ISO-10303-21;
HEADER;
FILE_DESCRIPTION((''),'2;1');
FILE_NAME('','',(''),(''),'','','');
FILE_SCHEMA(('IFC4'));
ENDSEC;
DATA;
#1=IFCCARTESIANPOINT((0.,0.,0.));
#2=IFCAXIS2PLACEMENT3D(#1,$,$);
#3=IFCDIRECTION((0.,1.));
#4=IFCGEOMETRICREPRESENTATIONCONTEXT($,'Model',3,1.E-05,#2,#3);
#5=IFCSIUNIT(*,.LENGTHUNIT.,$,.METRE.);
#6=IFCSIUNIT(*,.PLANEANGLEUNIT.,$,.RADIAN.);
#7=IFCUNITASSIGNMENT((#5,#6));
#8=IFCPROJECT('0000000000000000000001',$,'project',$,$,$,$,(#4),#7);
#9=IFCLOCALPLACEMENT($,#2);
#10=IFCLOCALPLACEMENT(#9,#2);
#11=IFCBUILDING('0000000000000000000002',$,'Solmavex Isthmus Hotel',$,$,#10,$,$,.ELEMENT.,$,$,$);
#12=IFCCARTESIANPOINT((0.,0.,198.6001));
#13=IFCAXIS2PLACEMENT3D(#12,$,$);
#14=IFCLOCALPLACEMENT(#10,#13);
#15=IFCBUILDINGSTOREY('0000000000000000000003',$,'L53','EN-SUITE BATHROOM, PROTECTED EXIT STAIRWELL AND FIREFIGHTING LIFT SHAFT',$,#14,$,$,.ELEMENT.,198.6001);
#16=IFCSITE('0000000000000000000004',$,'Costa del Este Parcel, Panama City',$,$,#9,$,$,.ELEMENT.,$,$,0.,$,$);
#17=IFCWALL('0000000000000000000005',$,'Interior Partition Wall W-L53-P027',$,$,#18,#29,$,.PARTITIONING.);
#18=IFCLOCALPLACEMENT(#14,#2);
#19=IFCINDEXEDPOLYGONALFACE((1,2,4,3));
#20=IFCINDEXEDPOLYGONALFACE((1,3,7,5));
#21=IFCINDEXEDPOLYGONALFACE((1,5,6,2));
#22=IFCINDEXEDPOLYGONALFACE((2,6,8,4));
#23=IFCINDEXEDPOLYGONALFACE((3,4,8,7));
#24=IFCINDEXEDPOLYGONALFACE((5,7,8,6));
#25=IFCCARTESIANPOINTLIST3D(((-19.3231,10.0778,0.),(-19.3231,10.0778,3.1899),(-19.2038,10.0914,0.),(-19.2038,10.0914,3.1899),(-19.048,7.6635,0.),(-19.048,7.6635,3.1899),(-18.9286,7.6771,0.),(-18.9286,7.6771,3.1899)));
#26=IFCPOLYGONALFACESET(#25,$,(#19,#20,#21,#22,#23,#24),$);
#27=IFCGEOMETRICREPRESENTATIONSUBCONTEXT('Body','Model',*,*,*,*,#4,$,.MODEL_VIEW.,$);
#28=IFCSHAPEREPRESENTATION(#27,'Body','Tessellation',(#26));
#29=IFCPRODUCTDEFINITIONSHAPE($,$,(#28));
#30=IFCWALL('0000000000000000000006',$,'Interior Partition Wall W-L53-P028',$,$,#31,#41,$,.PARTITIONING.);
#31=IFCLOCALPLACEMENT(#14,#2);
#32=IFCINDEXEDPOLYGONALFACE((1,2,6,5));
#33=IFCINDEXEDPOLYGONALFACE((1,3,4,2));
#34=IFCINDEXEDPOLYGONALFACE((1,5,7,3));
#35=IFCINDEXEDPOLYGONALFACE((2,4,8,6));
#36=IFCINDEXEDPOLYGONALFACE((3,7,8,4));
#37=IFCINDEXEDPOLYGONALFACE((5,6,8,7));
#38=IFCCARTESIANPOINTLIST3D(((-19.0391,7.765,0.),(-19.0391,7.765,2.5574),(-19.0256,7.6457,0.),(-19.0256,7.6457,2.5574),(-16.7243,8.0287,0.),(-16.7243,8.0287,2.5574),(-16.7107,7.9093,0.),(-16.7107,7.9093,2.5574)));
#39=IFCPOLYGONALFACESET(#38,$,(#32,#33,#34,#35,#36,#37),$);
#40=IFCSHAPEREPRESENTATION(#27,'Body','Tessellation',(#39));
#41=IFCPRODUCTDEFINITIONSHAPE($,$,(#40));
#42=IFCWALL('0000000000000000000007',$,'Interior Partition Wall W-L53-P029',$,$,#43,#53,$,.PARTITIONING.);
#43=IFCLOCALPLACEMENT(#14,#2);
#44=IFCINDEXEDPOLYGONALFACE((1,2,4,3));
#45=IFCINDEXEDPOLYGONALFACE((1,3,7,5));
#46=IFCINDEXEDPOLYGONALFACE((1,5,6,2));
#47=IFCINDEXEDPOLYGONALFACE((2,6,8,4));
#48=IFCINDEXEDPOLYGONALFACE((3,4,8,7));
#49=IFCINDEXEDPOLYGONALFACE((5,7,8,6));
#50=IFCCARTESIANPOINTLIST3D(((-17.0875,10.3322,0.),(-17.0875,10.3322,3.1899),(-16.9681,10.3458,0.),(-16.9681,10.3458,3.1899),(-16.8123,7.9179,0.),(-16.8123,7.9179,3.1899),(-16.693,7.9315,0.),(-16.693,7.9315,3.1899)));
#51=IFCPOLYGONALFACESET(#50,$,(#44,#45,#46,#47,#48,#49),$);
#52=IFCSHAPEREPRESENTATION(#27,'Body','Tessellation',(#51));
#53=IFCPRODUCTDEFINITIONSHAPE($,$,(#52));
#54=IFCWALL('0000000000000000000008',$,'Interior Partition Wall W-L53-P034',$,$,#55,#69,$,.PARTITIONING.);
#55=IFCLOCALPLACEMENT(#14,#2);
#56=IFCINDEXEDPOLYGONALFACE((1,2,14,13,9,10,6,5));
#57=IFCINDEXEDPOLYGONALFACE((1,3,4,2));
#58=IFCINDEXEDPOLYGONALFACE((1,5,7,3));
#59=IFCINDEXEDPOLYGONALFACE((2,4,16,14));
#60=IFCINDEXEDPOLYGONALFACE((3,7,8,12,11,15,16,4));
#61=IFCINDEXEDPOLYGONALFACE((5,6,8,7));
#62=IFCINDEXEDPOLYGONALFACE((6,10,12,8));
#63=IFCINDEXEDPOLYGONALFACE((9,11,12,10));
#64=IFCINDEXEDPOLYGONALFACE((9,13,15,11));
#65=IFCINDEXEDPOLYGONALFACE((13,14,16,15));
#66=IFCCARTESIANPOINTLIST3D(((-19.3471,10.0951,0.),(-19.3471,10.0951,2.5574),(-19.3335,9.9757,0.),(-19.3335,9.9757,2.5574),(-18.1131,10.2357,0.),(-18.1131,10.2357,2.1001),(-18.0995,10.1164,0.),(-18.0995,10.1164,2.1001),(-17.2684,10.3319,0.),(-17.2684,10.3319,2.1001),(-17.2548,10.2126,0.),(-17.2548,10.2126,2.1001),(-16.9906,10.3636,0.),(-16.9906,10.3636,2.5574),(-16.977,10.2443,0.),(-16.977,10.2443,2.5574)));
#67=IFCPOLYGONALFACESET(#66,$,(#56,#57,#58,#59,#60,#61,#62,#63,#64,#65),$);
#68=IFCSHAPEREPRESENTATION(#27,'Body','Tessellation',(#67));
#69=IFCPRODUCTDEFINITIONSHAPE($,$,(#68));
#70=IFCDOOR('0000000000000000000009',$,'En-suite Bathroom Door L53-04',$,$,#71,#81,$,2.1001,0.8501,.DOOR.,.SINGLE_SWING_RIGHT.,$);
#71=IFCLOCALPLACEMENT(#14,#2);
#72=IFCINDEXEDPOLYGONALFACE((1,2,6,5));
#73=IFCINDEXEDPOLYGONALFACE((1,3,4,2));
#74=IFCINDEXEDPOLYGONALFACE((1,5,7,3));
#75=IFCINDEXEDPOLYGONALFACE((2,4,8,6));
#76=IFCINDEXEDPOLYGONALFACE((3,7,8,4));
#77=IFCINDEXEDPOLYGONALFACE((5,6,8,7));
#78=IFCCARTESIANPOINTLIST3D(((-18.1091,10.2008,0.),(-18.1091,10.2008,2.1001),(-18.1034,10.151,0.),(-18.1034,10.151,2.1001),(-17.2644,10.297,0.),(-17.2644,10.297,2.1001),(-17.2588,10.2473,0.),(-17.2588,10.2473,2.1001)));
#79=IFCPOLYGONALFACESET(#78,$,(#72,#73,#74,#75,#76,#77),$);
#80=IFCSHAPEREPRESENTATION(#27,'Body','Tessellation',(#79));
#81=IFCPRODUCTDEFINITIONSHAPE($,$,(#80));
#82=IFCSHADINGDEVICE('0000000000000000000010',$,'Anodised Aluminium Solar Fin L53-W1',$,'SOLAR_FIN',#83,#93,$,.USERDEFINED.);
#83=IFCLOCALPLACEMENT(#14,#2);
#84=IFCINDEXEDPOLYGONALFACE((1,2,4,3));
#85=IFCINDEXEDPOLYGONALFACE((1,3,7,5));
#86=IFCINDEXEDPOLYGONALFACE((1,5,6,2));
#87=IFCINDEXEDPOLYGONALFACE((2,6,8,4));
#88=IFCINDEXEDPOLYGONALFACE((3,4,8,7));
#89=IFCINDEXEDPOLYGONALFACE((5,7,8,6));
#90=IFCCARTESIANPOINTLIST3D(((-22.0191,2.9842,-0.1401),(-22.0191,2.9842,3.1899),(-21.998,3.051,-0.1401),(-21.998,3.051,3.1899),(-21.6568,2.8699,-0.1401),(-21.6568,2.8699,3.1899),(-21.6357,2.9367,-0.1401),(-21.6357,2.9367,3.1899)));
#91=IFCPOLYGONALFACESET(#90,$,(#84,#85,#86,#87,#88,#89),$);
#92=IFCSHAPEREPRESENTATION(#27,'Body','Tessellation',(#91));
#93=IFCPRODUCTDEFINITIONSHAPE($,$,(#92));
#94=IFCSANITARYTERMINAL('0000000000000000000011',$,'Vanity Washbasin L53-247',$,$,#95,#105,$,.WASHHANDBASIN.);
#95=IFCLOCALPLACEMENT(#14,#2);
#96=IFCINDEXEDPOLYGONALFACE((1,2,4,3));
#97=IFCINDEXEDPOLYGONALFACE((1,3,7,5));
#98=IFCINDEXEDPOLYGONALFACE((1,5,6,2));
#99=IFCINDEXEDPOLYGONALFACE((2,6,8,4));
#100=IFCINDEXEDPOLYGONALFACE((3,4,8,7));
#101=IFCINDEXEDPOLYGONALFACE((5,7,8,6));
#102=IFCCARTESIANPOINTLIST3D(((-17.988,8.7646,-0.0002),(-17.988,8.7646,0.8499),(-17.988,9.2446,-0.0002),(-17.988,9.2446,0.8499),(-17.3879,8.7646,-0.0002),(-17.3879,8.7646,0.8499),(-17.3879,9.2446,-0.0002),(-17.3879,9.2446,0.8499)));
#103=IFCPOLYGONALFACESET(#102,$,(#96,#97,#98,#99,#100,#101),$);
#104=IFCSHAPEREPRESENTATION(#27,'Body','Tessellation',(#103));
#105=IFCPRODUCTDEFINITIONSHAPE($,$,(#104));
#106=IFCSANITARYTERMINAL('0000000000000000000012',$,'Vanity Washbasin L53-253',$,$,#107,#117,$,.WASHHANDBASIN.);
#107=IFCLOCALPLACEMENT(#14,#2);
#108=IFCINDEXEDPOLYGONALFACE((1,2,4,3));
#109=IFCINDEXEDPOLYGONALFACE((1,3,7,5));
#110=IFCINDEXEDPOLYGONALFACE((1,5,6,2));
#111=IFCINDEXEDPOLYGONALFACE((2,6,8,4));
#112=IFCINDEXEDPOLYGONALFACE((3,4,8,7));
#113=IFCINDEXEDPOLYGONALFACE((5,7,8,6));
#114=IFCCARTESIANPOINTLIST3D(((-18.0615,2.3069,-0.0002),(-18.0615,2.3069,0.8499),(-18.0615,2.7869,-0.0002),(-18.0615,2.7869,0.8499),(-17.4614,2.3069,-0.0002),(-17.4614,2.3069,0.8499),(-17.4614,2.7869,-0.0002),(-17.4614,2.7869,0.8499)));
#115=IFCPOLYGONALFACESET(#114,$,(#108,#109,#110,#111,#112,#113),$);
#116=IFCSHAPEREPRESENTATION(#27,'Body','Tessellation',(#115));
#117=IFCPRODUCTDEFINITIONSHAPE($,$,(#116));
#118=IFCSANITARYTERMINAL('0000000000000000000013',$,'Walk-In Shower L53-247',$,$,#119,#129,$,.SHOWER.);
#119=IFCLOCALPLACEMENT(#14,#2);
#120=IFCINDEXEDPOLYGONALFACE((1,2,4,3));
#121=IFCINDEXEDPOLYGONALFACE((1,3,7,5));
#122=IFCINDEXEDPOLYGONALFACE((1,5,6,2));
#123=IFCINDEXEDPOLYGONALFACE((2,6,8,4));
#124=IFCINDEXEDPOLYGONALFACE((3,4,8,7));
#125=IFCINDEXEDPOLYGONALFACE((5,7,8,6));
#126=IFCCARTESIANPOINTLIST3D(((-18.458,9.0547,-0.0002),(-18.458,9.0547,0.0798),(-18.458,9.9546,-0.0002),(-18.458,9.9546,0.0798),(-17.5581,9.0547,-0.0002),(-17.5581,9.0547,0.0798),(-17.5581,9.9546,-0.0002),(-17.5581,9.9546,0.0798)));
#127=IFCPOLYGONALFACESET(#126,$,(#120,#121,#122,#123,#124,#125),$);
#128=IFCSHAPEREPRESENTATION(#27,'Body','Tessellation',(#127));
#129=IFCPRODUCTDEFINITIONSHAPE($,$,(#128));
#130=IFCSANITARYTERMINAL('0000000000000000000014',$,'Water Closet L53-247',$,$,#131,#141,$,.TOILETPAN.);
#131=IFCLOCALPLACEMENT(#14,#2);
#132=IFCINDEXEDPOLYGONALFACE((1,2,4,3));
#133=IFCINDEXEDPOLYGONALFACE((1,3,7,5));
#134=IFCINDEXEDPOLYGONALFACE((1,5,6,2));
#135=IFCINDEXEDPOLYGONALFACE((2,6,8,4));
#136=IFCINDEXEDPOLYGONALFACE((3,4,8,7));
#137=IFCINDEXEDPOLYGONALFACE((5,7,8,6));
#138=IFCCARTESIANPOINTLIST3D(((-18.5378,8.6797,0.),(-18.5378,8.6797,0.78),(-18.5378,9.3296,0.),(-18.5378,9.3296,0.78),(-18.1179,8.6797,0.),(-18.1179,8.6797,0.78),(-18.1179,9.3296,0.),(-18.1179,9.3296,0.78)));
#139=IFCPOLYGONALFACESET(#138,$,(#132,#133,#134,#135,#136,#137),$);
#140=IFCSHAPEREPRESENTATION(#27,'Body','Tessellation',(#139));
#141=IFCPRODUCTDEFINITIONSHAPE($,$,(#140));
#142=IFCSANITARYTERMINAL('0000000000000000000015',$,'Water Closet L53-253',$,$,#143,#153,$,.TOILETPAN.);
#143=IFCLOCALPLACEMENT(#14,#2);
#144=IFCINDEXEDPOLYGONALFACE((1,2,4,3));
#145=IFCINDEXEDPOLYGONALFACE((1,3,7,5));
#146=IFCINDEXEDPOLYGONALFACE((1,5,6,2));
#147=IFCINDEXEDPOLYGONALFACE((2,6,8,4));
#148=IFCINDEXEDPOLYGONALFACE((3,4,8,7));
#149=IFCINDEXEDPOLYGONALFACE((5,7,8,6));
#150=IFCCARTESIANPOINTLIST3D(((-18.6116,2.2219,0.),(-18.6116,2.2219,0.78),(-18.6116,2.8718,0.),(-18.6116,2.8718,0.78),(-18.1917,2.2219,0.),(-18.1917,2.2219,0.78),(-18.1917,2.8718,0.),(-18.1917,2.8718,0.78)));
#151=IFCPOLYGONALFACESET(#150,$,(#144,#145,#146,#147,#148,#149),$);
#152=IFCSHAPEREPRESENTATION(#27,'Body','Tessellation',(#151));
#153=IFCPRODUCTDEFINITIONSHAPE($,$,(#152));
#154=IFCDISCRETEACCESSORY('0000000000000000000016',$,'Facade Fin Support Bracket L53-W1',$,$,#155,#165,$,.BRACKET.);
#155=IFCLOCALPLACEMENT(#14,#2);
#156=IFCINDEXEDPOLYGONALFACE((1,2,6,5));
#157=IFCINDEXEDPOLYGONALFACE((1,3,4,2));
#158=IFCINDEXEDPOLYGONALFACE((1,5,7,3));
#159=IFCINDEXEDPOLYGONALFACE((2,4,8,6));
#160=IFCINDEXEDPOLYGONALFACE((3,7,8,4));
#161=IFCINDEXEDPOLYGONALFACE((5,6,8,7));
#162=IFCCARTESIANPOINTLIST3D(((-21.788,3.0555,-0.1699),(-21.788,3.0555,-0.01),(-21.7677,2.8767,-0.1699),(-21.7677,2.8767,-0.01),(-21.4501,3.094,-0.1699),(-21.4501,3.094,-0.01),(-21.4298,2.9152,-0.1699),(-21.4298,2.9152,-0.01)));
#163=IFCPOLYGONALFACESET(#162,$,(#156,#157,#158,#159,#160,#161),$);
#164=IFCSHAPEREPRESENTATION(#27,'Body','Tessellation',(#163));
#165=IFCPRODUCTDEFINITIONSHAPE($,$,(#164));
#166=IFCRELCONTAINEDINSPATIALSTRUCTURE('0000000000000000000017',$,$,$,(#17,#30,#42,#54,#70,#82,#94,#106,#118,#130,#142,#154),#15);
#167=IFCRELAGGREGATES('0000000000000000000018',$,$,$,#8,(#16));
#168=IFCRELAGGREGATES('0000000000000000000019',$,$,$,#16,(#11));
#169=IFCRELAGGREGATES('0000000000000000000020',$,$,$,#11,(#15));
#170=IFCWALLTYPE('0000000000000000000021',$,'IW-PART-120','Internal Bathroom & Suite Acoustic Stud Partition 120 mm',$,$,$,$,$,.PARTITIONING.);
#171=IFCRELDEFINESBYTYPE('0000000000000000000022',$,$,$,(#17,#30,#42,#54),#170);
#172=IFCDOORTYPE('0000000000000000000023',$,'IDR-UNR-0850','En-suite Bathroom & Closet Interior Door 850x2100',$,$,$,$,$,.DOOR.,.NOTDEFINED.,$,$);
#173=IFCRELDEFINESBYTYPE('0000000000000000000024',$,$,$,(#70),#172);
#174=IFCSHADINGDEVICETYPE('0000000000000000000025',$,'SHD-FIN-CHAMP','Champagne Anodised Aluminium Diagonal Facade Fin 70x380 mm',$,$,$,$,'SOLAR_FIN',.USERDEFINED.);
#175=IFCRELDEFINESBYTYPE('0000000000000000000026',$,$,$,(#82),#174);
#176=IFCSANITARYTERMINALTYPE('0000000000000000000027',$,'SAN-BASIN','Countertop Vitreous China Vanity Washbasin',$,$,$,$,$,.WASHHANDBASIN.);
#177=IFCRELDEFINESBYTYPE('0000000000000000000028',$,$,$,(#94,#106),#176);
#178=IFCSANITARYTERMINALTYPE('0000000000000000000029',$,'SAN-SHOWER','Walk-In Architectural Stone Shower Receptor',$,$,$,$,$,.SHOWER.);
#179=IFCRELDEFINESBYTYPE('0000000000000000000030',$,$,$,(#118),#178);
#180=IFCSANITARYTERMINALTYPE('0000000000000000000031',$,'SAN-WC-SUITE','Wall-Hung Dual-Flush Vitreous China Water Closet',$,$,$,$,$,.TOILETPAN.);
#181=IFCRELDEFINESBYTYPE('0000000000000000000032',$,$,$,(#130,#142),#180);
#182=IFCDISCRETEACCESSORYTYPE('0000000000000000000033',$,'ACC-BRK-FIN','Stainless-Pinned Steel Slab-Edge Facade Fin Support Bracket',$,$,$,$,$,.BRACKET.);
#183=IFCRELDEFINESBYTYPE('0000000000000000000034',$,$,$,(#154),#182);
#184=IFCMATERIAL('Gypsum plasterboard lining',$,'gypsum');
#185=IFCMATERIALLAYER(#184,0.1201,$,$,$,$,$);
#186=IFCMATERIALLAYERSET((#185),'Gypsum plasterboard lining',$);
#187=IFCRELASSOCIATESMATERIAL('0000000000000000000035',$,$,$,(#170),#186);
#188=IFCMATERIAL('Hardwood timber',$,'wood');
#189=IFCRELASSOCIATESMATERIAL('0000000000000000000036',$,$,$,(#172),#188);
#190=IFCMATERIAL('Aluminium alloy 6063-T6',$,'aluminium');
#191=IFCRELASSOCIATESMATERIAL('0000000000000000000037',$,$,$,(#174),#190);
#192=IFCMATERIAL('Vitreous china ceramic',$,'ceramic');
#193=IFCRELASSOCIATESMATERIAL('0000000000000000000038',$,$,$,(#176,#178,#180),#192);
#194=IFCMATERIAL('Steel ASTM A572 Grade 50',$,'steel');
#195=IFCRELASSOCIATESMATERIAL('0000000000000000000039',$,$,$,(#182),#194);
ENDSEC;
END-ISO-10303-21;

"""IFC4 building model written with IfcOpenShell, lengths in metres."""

from ifc_helpers import new_model, si_unit, direction, frame, frame_2d, origin, origin_2d, place, context, subcontext, project, spatial, rectangle, extrude, material, layer, layer_set, type_object, element, fill, save


model = new_model("IFC4")

# Units and contexts
model_context = context("Model", 3, precision=1e-05, world=origin(), true_north=direction((0.0, 1.0)))
body_context = subcontext(model_context, "Body", "Model", "MODEL_VIEW")
ifc_project = project(units=[si_unit("LENGTHUNIT", "METRE"), si_unit("PLANEANGLEUNIT", "RADIAN")], contexts=[model_context])

# Site, building, storey
site_placement = place(None, origin())
site = spatial("IfcSite", under=ifc_project, at=site_placement, Name="Costa del Este Parcel, Panama City", CompositionType="ELEMENT", RefElevation=0.0)
building_placement = place(site_placement, origin())
building = spatial("IfcBuilding", under=site, at=building_placement, Name="Solmavex Isthmus Hotel", CompositionType="ELEMENT")
storey_placement = place(building_placement, frame((0.0, 0.0, 198.6001)))
storey = spatial("IfcBuildingStorey", under=building, at=storey_placement, Name="L53", Description="EN-SUITE BATHROOM, PROTECTED EXIT STAIRWELL AND FIREFIGHTING LIFT SHAFT", CompositionType="ELEMENT", Elevation=198.6001)

# Shared definitions
ifc_material_1 = material(Name="Aluminium alloy 6063-T6", Category="aluminium")

# Shared definitions
ifc_material_2 = material(Name="Gypsum plasterboard lining", Category="gypsum")
ifc_material_3 = material(Name="Hardwood timber", Category="wood")

# Walls
ifc_layer_1 = layer(ifc_material_2, 0.1201)
ifc_layer_set_1 = layer_set([ifc_layer_1], Name="Gypsum plasterboard lining")
wall_type_1 = type_object("IfcWallType", Name="IW-PART-120", Description="Internal Bathroom & Suite Acoustic Stud Partition 120 mm", PredefinedType="PARTITIONING", material=ifc_layer_set_1)
wall_1_placement = place(storey_placement, frame((-19.2634, 10.0845, 0.0), z_axis=(0.0, 0.0, 1.0), x_axis=(0.113232, -0.993569, 0.0)))
element("IfcWall", 1, at=wall_1_placement, inside=storey, type_object=wall_type_1, Name="Interior Partition Wall W-L53-P027", PredefinedType="PARTITIONING", context=body_context, shape_type="SweptSolid", body=[
    extrude(rectangle(XDim=2.4299, YDim=0.1201, at=frame_2d((1.2148, 0.0))), origin(), (0.0, 0.0, 1.0), 3.1899),
])
wall_2_placement = place(storey_placement, frame((-19.0325, 7.7053, 0.0), z_axis=(0.0, 0.0, 1.0), x_axis=(0.993576, 0.113168, 0.0)))
element("IfcWall", 2, at=wall_2_placement, inside=storey, type_object=wall_type_1, Name="Interior Partition Wall W-L53-P028", PredefinedType="PARTITIONING", context=body_context, shape_type="SweptSolid", body=[
    extrude(rectangle(XDim=2.3298, YDim=0.1201, at=frame_2d((1.165, 0.0))), origin(), (0.0, 0.0, 1.0), 2.5574),
])
wall_3_placement = place(storey_placement, frame((-16.7527, 7.9248, 0.0), z_axis=(0.0, 0.0, 1.0), x_axis=(-0.113232, 0.993569, 0.0)))
element("IfcWall", 3, at=wall_3_placement, inside=storey, type_object=wall_type_1, Name="Interior Partition Wall W-L53-P029", PredefinedType="PARTITIONING", context=body_context, shape_type="SweptSolid", body=[
    extrude(rectangle(XDim=2.4299, YDim=0.1201, at=frame_2d((1.2148, 0.0))), origin(), (0.0, 0.0, 1.0), 3.1899),
])

# Wall, opening, door
wall_4_placement = place(storey_placement, frame((-16.9836, 10.304, 0.0), z_axis=(0.0, 0.0, 1.0), x_axis=(-0.99357, -0.113221, 0.0)))
wall_4 = element("IfcWall", 4, at=wall_4_placement, inside=storey, type_object=wall_type_1, Name="Interior Partition Wall W-L53-P034", PredefinedType="PARTITIONING", context=body_context, shape_type="SweptSolid", body=[
    extrude(rectangle(XDim=2.3718, YDim=0.1201, at=frame_2d((1.186, 0.0))), origin(), (0.0, 0.0, 1.0), 2.5574),
])
opening_1_placement = place(wall_4_placement, frame((0.2798, 0.0, 0.0)))
opening_1 = element("IfcOpeningElement", 5, at=opening_1_placement, cuts=wall_4, PredefinedType="OPENING", context=body_context, shape_type="SweptSolid", body=[
    extrude(rectangle(XDim=0.8501, YDim=2.1001, at=frame_2d((0.425, 1.05))), frame((0.0, 0.0701, 0.0), z_axis=(0.0, -1.0, 0.0), x_axis=(1.0, 0.0, 0.0)), (0.0, 0.0, 1.0), 0.1401),
])
door_type_1 = type_object("IfcDoorType", Name="IDR-UNR-0850", Description="En-suite Bathroom & Closet Interior Door 850x2100", OperationType="NOTDEFINED", PredefinedType="DOOR", material=ifc_material_3)
door_1_placement = place(opening_1_placement, frame((0.8501, 0.0, 0.0), z_axis=(0.0, 0.0, 1.0), x_axis=(-1.0, 0.0, 0.0)))
door_1 = element("IfcDoor", 6, at=door_1_placement, inside=storey, type_object=door_type_1, Name="En-suite Bathroom Door L53-04", OperationType="SINGLE_SWING_RIGHT", OverallHeight=2.1001, OverallWidth=0.8501, PredefinedType="DOOR", context=body_context, shape_type="SweptSolid", body=[
    extrude(rectangle(XDim=0.8501, YDim=2.1001, at=frame_2d((0.425, 1.05))), frame((0.0, 0.0249, 0.0), z_axis=(0.0, -1.0, 0.0), x_axis=(1.0, 0.0, 0.0)), (0.0, 0.0, 1.0), 0.05),
])
fill(opening_1, door_1)

# Shading device
shading_device_type = type_object("IfcShadingDeviceType", Name="SHD-FIN-CHAMP", Description="Champagne Anodised Aluminium Diagonal Facade Fin 70x380 mm", ElementType="SOLAR_FIN", PredefinedType="USERDEFINED", material=ifc_material_1)
shading_device_placement = place(storey_placement, frame((-21.8274, 2.9604, -0.1401), z_axis=(0.0, 0.0, 1.0), x_axis=(-0.953717, 0.300706, 0.0)))
element("IfcShadingDevice", 7, at=shading_device_placement, inside=storey, type_object=shading_device_type, Name="Anodised Aluminium Solar Fin L53-W1", ObjectType="SOLAR_FIN", PredefinedType="USERDEFINED", context=body_context, shape_type="SweptSolid", body=[
    extrude(rectangle(XDim=0.3799, YDim=0.0701, at=origin_2d()), origin(), (0.0, 0.0, 1.0), 3.3301),
])

# Sanitary terminals
ifc_material_4 = material(Name="Vitreous china ceramic", Category="ceramic")
sanitary_terminal_type_1 = type_object("IfcSanitaryTerminalType", Name="SAN-BASIN", Description="Countertop Vitreous China Vanity Washbasin", PredefinedType="WASHHANDBASIN", material=ifc_material_4)
for number, where, z_axis, x_axis, name in (
    (8, (-17.688, 9.0046, -0.0002), (0.0, 0.0, 1.0), (1.0, 0.0, 0.0), "Vanity Washbasin L53-247"),
    (9, (-17.7615, 2.5469, -0.0002), (0.0, 0.0, 1.0), (1.0, 0.0, 0.0), "Vanity Washbasin L53-253"),
):
    element("IfcSanitaryTerminal", number, at=place(storey_placement, frame(where, z_axis=z_axis, x_axis=x_axis)), inside=storey, type_object=sanitary_terminal_type_1, Name=name, PredefinedType="WASHHANDBASIN", context=body_context, shape_type="SweptSolid", body=[
        extrude(rectangle(XDim=0.6001, YDim=0.48, at=origin_2d()), origin(), (0.0, 0.0, 1.0), 0.8501),
    ])
sanitary_terminal_type_2 = type_object("IfcSanitaryTerminalType", Name="SAN-SHOWER", Description="Walk-In Architectural Stone Shower Receptor", PredefinedType="SHOWER", material=ifc_material_4)
sanitary_terminal_placement = place(storey_placement, frame((-18.0081, 9.5046, -0.0002), z_axis=(0.0, 0.0, 1.0), x_axis=(1.0, 0.0, 0.0)))
element("IfcSanitaryTerminal", 10, at=sanitary_terminal_placement, inside=storey, type_object=sanitary_terminal_type_2, Name="Walk-In Shower L53-247", PredefinedType="SHOWER", context=body_context, shape_type="SweptSolid", body=[
    extrude(rectangle(XDim=0.8999, YDim=0.8999, at=origin_2d()), origin(), (0.0, 0.0, 1.0), 0.0801),
])
sanitary_terminal_type_3 = type_object("IfcSanitaryTerminalType", Name="SAN-WC-SUITE", Description="Wall-Hung Dual-Flush Vitreous China Water Closet", PredefinedType="TOILETPAN", material=ifc_material_4)
for number, where, z_axis, x_axis, name in (
    (11, (-18.3279, 9.0046, 0.0), (0.0, 0.0, 1.0), (1.0, 0.0, 0.0), "Water Closet L53-247"),
    (12, (-18.4016, 2.5469, 0.0), (0.0, 0.0, 1.0), (1.0, 0.0, 0.0), "Water Closet L53-253"),
):
    element("IfcSanitaryTerminal", number, at=place(storey_placement, frame(where, z_axis=z_axis, x_axis=x_axis)), inside=storey, type_object=sanitary_terminal_type_3, Name=name, PredefinedType="TOILETPAN", context=body_context, shape_type="SweptSolid", body=[
        extrude(rectangle(XDim=0.4199, YDim=0.6499, at=origin_2d()), origin(), (0.0, 0.0, 1.0), 0.78),
    ])

# Discrete accessory
ifc_material_5 = material(Name="Steel ASTM A572 Grade 50", Category="steel")
discrete_accessory_type = type_object("IfcDiscreteAccessoryType", Name="ACC-BRK-FIN", Description="Stainless-Pinned Steel Slab-Edge Facade Fin Support Bracket", PredefinedType="BRACKET", material=ifc_material_5)
discrete_accessory_placement = place(storey_placement, frame((-21.6089, 2.9854, -0.1699), z_axis=(0.0, 0.0, 1.0), x_axis=(-0.993572, -0.113203, 0.0)))
element("IfcDiscreteAccessory", 13, at=discrete_accessory_placement, inside=storey, type_object=discrete_accessory_type, Name="Facade Fin Support Bracket L53-W1", PredefinedType="BRACKET", context=body_context, shape_type="SweptSolid", body=[
    extrude(rectangle(XDim=0.3401, YDim=0.1799, at=origin_2d()), origin(), (0.0, 0.0, 1.0), 0.1599),
])

save(model, "model.ifc")
